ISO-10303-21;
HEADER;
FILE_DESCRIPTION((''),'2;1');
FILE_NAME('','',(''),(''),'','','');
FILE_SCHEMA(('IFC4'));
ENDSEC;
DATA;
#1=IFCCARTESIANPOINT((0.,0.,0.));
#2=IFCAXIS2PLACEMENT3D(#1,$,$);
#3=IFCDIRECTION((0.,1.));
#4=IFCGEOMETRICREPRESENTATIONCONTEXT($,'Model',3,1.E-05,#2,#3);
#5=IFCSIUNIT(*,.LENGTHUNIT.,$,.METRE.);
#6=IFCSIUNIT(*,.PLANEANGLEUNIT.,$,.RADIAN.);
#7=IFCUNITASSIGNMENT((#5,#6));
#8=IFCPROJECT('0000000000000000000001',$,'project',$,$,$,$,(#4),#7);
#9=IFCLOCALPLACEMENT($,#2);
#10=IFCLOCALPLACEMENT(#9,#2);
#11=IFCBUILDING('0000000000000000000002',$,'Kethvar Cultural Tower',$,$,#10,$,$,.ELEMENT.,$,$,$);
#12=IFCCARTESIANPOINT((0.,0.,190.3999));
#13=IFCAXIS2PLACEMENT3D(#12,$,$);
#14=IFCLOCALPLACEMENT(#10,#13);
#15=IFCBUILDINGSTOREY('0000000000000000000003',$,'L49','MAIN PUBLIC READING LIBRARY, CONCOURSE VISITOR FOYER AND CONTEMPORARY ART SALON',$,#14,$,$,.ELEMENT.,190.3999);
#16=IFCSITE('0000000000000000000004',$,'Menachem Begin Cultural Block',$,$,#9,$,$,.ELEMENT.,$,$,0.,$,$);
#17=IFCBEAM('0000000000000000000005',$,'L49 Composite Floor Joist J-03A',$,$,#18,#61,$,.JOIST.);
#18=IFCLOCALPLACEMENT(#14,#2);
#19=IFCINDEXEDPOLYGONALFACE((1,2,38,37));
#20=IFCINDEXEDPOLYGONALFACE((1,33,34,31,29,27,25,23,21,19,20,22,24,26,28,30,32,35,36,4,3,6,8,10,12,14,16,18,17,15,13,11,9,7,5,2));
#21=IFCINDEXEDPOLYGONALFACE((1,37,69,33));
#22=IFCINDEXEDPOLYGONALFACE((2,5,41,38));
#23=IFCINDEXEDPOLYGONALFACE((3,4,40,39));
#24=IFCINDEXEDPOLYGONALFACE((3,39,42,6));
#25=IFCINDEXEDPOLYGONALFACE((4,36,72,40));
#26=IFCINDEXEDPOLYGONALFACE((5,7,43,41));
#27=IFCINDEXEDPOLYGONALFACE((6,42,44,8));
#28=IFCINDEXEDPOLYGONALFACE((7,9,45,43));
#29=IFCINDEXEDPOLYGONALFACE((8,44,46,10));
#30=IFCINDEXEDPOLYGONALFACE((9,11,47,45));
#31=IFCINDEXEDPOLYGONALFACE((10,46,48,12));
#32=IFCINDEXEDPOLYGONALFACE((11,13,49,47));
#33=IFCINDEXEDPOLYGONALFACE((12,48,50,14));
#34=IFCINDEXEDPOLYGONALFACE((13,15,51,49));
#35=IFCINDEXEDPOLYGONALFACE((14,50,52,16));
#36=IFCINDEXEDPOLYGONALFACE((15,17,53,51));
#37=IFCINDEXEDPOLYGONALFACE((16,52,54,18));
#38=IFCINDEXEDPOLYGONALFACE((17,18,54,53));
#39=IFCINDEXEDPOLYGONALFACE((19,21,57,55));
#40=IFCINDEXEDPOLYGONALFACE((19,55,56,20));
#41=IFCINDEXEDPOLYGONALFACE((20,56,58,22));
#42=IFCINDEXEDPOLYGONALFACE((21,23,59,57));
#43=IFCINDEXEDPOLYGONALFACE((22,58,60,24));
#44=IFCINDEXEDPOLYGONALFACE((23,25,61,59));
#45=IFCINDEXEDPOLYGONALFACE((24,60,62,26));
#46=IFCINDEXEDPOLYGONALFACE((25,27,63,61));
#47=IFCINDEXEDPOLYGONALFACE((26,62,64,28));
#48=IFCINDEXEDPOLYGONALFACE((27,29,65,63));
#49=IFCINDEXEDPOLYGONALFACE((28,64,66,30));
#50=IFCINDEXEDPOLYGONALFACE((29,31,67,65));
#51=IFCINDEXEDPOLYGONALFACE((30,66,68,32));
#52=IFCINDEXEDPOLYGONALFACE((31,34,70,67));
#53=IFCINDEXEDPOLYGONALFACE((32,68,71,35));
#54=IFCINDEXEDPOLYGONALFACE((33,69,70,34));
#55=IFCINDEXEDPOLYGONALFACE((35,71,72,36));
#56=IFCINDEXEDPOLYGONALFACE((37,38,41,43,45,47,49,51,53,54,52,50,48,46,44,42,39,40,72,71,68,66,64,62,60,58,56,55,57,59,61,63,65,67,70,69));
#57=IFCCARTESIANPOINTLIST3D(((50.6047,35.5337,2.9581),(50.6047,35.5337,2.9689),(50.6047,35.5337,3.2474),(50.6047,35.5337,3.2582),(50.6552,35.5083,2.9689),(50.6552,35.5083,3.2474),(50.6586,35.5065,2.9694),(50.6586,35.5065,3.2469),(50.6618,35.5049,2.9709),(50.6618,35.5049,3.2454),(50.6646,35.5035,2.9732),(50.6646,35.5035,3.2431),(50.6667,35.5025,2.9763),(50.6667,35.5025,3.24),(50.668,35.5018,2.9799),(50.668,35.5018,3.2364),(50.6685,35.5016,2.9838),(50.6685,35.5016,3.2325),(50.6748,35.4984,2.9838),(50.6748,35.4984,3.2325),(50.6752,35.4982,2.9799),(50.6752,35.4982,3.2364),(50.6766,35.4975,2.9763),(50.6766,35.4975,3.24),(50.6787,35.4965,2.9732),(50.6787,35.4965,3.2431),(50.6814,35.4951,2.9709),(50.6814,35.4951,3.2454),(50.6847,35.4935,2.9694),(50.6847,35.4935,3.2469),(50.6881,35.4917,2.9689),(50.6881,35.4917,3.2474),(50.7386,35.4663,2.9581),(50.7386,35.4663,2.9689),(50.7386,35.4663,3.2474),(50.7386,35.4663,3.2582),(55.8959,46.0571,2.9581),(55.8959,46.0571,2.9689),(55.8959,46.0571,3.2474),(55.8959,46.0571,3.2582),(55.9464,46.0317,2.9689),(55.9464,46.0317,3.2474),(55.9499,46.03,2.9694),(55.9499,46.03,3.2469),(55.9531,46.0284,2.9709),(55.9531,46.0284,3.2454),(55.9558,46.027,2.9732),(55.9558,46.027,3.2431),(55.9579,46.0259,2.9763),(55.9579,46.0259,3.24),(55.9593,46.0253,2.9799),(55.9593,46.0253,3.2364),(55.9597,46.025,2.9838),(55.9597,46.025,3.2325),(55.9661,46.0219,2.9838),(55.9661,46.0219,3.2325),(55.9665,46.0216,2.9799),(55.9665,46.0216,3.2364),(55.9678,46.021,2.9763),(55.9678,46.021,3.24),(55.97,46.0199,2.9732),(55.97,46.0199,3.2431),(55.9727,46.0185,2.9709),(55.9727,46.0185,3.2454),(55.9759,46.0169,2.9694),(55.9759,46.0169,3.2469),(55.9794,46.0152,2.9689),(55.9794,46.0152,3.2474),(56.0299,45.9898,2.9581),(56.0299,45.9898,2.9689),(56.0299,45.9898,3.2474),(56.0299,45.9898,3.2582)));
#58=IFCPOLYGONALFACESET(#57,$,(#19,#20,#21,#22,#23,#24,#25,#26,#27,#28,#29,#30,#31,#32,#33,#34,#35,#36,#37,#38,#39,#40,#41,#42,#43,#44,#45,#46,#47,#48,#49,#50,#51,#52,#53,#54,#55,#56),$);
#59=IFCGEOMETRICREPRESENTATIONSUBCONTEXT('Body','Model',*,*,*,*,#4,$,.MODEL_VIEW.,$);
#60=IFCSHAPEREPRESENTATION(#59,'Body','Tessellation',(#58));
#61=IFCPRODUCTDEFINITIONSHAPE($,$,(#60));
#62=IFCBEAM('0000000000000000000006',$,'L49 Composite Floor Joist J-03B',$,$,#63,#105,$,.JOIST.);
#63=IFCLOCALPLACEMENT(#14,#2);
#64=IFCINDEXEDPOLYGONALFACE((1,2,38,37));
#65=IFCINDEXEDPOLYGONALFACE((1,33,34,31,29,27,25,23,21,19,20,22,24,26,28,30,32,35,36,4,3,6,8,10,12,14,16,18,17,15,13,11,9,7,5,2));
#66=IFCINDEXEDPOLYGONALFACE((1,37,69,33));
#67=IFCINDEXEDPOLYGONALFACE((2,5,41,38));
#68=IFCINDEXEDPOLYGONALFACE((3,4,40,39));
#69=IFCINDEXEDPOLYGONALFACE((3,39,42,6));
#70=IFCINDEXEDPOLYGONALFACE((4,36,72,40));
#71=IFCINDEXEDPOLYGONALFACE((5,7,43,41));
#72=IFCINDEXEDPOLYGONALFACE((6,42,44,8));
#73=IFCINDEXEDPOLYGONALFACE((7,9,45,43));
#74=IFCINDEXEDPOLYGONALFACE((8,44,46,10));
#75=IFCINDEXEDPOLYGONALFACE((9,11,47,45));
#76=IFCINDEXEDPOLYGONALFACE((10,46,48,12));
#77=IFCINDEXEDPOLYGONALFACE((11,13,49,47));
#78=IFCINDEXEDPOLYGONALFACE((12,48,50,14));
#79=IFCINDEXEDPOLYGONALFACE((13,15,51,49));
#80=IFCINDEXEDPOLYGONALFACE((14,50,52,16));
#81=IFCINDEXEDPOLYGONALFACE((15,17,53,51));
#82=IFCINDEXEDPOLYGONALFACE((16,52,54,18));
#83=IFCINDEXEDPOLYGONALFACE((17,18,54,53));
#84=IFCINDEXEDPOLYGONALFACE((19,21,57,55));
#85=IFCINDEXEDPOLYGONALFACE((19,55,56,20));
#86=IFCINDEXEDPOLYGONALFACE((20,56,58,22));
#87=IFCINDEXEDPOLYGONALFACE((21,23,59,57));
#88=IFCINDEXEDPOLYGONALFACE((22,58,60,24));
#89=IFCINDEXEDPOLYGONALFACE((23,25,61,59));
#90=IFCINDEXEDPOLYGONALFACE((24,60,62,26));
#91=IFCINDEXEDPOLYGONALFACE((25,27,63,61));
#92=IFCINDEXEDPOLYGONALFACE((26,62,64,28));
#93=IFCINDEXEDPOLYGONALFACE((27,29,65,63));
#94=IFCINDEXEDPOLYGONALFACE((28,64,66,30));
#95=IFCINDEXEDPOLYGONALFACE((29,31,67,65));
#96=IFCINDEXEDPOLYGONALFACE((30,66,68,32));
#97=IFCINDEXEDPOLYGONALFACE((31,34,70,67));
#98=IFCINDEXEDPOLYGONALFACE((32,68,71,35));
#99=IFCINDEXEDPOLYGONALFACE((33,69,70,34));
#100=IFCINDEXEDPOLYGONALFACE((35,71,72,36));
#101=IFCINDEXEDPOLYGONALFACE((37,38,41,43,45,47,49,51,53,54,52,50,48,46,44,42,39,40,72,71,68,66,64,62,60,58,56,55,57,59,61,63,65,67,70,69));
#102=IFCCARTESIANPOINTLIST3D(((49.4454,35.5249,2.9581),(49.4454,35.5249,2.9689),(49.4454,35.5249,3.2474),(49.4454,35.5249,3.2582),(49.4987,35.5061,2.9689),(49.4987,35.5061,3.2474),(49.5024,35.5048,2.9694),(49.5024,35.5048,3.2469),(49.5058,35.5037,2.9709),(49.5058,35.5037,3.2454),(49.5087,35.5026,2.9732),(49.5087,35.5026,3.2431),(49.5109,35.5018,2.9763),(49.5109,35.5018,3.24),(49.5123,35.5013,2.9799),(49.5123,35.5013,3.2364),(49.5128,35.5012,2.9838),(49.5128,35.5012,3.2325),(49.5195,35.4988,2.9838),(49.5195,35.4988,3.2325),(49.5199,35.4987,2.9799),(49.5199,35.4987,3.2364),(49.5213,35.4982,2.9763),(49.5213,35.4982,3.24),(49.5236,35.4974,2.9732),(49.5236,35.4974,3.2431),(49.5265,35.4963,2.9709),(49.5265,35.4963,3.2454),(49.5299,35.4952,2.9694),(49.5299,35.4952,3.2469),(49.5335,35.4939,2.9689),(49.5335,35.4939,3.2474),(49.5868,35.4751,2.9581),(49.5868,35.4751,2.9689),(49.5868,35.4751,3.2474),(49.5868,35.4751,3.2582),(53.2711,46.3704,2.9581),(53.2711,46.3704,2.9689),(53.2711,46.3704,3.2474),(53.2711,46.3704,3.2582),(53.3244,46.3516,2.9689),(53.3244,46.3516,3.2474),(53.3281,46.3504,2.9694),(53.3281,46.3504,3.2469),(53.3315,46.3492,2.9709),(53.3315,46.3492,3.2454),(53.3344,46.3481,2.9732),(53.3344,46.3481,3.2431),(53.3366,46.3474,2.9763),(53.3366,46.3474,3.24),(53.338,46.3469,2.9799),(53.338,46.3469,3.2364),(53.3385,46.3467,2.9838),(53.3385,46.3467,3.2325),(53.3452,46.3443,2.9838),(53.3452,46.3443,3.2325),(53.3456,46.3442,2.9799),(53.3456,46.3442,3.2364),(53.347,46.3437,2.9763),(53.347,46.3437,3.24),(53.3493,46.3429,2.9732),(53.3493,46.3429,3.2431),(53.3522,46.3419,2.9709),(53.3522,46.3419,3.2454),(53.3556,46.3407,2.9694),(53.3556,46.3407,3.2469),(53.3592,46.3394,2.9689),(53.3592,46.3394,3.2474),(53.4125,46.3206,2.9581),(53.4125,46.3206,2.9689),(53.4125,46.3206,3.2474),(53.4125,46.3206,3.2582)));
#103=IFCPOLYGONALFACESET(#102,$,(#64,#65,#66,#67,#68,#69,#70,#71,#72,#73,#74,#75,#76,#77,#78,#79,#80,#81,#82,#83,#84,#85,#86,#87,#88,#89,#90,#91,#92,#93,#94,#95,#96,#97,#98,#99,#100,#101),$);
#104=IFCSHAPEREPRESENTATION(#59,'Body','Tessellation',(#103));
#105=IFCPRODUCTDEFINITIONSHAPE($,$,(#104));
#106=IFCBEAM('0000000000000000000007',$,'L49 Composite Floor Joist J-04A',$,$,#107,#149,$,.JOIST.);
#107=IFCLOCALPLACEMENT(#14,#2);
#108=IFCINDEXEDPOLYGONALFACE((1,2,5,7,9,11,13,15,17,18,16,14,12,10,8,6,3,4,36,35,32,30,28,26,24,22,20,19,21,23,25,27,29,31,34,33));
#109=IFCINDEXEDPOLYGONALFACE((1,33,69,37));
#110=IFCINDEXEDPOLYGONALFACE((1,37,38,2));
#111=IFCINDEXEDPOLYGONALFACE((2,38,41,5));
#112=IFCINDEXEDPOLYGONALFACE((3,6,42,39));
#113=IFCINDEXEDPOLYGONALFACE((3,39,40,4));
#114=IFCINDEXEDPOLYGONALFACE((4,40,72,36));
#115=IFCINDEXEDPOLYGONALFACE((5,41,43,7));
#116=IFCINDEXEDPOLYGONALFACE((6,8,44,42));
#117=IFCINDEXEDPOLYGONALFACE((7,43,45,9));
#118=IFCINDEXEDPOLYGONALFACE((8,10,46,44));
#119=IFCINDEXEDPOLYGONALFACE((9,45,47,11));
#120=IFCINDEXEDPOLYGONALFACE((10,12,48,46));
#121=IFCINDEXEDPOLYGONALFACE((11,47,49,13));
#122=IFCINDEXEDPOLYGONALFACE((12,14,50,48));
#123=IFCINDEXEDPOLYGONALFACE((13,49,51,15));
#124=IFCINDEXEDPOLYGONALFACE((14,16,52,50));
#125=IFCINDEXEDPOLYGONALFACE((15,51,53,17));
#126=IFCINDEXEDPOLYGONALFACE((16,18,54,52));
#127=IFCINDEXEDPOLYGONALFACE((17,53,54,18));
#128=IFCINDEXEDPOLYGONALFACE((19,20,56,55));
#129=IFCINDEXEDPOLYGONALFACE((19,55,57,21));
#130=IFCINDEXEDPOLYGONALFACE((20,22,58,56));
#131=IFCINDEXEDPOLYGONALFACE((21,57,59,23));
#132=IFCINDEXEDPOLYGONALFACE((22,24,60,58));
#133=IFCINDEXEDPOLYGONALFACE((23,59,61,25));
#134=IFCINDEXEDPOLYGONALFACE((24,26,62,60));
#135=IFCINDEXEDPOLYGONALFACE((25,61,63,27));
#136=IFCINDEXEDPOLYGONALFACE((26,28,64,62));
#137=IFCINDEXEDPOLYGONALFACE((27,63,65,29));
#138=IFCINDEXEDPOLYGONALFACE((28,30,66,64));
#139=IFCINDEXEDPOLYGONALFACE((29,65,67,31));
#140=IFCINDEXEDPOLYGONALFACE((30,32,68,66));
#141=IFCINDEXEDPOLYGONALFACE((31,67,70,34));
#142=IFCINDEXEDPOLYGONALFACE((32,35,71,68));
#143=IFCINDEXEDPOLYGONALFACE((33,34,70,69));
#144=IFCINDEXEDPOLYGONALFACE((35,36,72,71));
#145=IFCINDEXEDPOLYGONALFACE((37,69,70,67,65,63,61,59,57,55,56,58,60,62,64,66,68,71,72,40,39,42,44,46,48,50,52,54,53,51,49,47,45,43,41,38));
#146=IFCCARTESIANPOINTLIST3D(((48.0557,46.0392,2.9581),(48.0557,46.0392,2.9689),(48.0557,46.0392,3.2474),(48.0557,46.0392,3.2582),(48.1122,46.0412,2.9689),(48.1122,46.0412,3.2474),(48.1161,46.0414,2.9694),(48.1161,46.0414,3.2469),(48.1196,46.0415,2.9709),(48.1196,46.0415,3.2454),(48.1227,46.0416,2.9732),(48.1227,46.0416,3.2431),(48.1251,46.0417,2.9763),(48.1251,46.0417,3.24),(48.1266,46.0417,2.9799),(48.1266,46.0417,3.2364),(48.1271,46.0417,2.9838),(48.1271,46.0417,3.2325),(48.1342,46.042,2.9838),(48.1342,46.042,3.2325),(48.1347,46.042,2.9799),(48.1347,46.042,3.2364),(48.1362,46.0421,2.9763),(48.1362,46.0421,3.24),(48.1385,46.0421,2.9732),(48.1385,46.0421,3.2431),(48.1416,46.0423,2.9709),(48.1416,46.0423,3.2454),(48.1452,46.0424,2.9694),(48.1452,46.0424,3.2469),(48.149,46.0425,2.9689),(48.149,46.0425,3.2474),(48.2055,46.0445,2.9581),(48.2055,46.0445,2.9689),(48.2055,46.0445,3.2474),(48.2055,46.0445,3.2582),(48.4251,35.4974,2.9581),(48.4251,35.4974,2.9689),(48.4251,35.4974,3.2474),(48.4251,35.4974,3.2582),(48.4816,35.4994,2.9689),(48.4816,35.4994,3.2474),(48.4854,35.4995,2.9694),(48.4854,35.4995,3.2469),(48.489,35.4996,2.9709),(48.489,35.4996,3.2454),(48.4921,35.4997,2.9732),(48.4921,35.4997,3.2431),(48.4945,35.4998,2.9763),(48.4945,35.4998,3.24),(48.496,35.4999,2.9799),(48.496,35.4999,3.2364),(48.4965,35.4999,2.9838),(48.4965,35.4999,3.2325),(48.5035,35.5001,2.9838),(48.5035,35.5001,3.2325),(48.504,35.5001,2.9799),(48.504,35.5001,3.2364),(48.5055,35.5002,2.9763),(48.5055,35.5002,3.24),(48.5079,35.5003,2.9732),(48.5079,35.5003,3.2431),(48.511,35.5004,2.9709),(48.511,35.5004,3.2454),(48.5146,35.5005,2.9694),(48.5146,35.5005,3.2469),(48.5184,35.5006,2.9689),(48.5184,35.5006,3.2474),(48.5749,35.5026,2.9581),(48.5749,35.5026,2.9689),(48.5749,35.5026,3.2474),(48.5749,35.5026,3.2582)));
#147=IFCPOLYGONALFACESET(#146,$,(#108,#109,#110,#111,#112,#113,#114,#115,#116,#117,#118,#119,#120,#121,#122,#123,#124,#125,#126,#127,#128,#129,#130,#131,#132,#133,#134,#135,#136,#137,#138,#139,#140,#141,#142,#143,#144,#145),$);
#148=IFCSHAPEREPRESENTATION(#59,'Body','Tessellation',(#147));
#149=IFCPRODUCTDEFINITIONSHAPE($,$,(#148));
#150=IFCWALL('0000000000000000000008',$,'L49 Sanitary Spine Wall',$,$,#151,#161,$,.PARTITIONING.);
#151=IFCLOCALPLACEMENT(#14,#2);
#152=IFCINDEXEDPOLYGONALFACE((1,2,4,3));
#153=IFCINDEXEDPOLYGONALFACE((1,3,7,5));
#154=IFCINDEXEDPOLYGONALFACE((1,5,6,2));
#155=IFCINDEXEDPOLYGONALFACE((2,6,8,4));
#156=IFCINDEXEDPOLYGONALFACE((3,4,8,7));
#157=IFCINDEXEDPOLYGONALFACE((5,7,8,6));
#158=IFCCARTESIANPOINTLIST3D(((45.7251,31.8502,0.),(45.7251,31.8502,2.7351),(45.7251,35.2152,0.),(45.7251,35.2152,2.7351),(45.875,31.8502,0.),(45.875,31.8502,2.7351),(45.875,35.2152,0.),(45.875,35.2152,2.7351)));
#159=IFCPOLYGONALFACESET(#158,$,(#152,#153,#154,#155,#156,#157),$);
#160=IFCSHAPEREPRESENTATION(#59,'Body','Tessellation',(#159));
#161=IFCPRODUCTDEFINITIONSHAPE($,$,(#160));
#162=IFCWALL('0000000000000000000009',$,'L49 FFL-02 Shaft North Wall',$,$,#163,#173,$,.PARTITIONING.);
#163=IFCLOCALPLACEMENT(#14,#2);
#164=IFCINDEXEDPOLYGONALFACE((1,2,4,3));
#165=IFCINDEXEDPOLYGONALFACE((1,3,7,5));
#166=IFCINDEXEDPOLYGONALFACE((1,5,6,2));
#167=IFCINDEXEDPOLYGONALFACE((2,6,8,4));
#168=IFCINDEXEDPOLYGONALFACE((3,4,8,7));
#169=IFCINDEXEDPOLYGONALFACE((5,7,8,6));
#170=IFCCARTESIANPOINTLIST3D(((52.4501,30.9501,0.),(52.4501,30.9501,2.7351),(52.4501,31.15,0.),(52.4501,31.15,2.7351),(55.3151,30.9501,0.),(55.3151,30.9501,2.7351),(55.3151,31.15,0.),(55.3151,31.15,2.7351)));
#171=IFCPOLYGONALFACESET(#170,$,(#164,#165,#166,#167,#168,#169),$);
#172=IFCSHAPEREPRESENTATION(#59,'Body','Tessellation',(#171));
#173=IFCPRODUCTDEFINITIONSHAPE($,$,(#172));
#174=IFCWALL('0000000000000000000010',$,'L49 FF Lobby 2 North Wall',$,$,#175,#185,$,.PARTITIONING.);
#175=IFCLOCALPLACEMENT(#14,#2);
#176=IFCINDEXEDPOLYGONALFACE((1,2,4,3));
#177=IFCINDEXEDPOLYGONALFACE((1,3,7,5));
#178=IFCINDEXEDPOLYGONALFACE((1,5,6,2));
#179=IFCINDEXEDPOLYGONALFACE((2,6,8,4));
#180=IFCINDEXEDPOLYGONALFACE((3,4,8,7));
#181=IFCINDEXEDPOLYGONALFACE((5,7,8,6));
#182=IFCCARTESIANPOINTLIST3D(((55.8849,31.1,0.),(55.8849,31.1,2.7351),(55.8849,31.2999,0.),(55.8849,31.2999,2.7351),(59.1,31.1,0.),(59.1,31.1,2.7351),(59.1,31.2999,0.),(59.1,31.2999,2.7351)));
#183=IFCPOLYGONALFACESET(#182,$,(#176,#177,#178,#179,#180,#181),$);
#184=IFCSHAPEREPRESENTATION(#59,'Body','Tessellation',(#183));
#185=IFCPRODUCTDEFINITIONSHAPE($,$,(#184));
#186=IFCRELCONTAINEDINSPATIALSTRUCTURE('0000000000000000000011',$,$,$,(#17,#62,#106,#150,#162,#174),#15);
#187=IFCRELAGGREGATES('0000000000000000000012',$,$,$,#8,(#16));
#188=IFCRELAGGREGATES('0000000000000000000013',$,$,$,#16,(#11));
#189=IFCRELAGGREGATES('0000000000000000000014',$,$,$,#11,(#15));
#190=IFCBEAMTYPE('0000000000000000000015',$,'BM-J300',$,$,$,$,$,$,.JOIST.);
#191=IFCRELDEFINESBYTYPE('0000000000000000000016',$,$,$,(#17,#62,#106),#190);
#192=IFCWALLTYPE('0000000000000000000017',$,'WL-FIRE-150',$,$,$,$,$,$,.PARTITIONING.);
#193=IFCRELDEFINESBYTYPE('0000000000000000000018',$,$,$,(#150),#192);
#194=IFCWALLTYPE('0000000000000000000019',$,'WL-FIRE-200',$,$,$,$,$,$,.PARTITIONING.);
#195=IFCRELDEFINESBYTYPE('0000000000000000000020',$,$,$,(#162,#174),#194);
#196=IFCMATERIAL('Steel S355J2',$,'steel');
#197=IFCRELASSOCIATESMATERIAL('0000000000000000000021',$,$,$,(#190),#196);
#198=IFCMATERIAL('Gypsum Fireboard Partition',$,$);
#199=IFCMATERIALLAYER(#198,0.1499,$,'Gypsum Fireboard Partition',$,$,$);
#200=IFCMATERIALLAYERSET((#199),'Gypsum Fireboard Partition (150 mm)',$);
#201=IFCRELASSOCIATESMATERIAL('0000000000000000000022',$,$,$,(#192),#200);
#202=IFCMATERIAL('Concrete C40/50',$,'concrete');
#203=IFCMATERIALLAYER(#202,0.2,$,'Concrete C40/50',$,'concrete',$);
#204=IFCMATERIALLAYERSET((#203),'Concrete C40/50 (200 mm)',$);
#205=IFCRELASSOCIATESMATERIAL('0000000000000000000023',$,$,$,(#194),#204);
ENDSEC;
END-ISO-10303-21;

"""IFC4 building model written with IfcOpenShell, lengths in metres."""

from ifc_helpers import new_model, si_unit, direction, frame, frame_2d, origin, origin_2d, place, context, subcontext, project, spatial, rectangle, i_section, extrude, source, transform, mapped, material, layer, layer_set, material_profile, profile_set, type_object, element, save


model = new_model("IFC4")

# Units and contexts
model_context = context("Model", 3, precision=1e-05, world=origin(), true_north=direction((0.0, 1.0)))
body_context = subcontext(model_context, "Body", "Model", "MODEL_VIEW")
ifc_project = project(units=[si_unit("LENGTHUNIT", "METRE"), si_unit("PLANEANGLEUNIT", "RADIAN")], contexts=[model_context])

# Site, building, storey
site_placement = place(None, origin())
site = spatial("IfcSite", under=ifc_project, at=site_placement, Name="Menachem Begin Cultural Block", CompositionType="ELEMENT", RefElevation=0.0)
building_placement = place(site_placement, origin())
building = spatial("IfcBuilding", under=site, at=building_placement, Name="Kethvar Cultural Tower", CompositionType="ELEMENT")
storey_placement = place(building_placement, frame((0.0, 0.0, 190.3999)))
storey = spatial("IfcBuildingStorey", under=building, at=storey_placement, Name="L49", Description="MAIN PUBLIC READING LIBRARY, CONCOURSE VISITOR FOYER AND CONTEMPORARY ART SALON", CompositionType="ELEMENT", Elevation=190.3999)

# Beams
ifc_material_1 = material(Name="Steel S355J2", Category="steel")
ifc_material_profile_1 = material_profile(ifc_material_1, i_section(OverallWidth=0.1499, OverallDepth=0.3, WebThickness=0.0071, FlangeThickness=0.0107, FilletRadius=0.0149, at=origin_2d()), Name="Steel S355J2 — IPE300")
ifc_profile_set_1 = profile_set([ifc_material_profile_1], Name="Steel S355J2 — IPE300")
beam_type_1 = type_object("IfcBeamType", Name="BM-J300", PredefinedType="JOIST", material=ifc_profile_set_1)
shared_shape_1 = source(origin(), body_context, "Body", "SweptSolid", [
    extrude(i_section(OverallWidth=0.1499, OverallDepth=0.3, WebThickness=0.0071, FlangeThickness=0.0107, FilletRadius=0.0149, at=origin_2d()), origin(), (0.0, 0.0, 1.0), 11.7788),
])
beam_1_placement = place(storey_placement, frame((50.6716, 35.5, 3.1082), z_axis=(0.449219, 0.893422, 0.0), x_axis=(-0.893422, 0.449219, 0.0)))
element("IfcBeam", 1, at=beam_1_placement, inside=storey, type_object=beam_type_1, Name="L49 Composite Floor Joist J-03A", PredefinedType="JOIST", context=body_context, shape_type="MappedRepresentation", body=[
    mapped(shared_shape_1, transform((0.0, 0.0, 0.0), scale=1.0)),
])
shared_shape_2 = source(origin(), body_context, "Body", "SweptSolid", [
    extrude(i_section(OverallWidth=0.1499, OverallDepth=0.3, WebThickness=0.0071, FlangeThickness=0.0107, FilletRadius=0.0149, at=origin_2d()), origin(), (0.0, 0.0, 1.0), 11.5005),
])
beam_2_placement = place(storey_placement, frame((49.5161, 35.5, 3.1082), z_axis=(0.332656, 0.943048, 0.0), x_axis=(-0.943048, 0.332656, 0.0)))
element("IfcBeam", 2, at=beam_2_placement, inside=storey, type_object=beam_type_1, Name="L49 Composite Floor Joist J-03B", PredefinedType="JOIST", context=body_context, shape_type="MappedRepresentation", body=[
    mapped(shared_shape_2, transform((0.0, 0.0, 0.0), scale=1.0)),
])
shared_shape_3 = source(origin(), body_context, "Body", "SweptSolid", [
    extrude(i_section(OverallWidth=0.1499, OverallDepth=0.3, WebThickness=0.0071, FlangeThickness=0.0107, FilletRadius=0.0149, at=origin_2d()), origin(), (0.0, 0.0, 1.0), 10.5483),
])
beam_3_placement = place(storey_placement, frame((48.5, 35.5, 3.1082), z_axis=(-0.035018, 0.999387, 0.0), x_axis=(-0.999387, -0.035018, 0.0)))
element("IfcBeam", 3, at=beam_3_placement, inside=storey, type_object=beam_type_1, Name="L49 Composite Floor Joist J-04A", PredefinedType="JOIST", context=body_context, shape_type="MappedRepresentation", body=[
    mapped(shared_shape_3, transform((0.0, 0.0, 0.0), scale=1.0)),
])

# Walls
ifc_material_2 = material(Name="Gypsum Fireboard Partition")
ifc_layer_1 = layer(ifc_material_2, 0.1499, Name="Gypsum Fireboard Partition")
ifc_layer_set_1 = layer_set([ifc_layer_1], Name="Gypsum Fireboard Partition (150 mm)")
wall_type_1 = type_object("IfcWallType", Name="WL-FIRE-150", PredefinedType="PARTITIONING", material=ifc_layer_set_1)
wall_1_placement = place(storey_placement, frame((45.8, 31.8501, 0.0), z_axis=(0.0, 0.0, 1.0), x_axis=(0.0, 1.0, 0.0)))
element("IfcWall", 4, at=wall_1_placement, inside=storey, type_object=wall_type_1, Name="L49 Sanitary Spine Wall", PredefinedType="PARTITIONING", context=body_context, shape_type="SweptSolid", body=[
    extrude(rectangle(XDim=3.365, YDim=0.1499, at=frame_2d((1.6826, 0.0))), origin(), (0.0, 0.0, 1.0), 2.7351),
])
ifc_material_3 = material(Name="Concrete C40/50", Category="concrete")
ifc_layer_2 = layer(ifc_material_3, 0.2, Name="Concrete C40/50", Category="concrete")
ifc_layer_set_2 = layer_set([ifc_layer_2], Name="Concrete C40/50 (200 mm)")
wall_type_2 = type_object("IfcWallType", Name="WL-FIRE-200", PredefinedType="PARTITIONING", material=ifc_layer_set_2)
wall_2_placement = place(storey_placement, frame((52.45, 31.05, 0.0), z_axis=(0.0, 0.0, 1.0), x_axis=(1.0, 0.0, 0.0)))
element("IfcWall", 5, at=wall_2_placement, inside=storey, type_object=wall_type_2, Name="L49 FFL-02 Shaft North Wall", PredefinedType="PARTITIONING", context=body_context, shape_type="SweptSolid", body=[
    extrude(rectangle(XDim=2.865, YDim=0.2, at=frame_2d((1.4326, 0.0))), origin(), (0.0, 0.0, 1.0), 2.7351),
])
wall_3_placement = place(storey_placement, frame((55.885, 31.2, 0.0), z_axis=(0.0, 0.0, 1.0), x_axis=(1.0, 0.0, 0.0)))
element("IfcWall", 6, at=wall_3_placement, inside=storey, type_object=wall_type_2, Name="L49 FF Lobby 2 North Wall", PredefinedType="PARTITIONING", context=body_context, shape_type="SweptSolid", body=[
    extrude(rectangle(XDim=3.2151, YDim=0.2, at=frame_2d((1.6074, 0.0))), origin(), (0.0, 0.0, 1.0), 2.7351),
])

save(model, "model.ifc")
